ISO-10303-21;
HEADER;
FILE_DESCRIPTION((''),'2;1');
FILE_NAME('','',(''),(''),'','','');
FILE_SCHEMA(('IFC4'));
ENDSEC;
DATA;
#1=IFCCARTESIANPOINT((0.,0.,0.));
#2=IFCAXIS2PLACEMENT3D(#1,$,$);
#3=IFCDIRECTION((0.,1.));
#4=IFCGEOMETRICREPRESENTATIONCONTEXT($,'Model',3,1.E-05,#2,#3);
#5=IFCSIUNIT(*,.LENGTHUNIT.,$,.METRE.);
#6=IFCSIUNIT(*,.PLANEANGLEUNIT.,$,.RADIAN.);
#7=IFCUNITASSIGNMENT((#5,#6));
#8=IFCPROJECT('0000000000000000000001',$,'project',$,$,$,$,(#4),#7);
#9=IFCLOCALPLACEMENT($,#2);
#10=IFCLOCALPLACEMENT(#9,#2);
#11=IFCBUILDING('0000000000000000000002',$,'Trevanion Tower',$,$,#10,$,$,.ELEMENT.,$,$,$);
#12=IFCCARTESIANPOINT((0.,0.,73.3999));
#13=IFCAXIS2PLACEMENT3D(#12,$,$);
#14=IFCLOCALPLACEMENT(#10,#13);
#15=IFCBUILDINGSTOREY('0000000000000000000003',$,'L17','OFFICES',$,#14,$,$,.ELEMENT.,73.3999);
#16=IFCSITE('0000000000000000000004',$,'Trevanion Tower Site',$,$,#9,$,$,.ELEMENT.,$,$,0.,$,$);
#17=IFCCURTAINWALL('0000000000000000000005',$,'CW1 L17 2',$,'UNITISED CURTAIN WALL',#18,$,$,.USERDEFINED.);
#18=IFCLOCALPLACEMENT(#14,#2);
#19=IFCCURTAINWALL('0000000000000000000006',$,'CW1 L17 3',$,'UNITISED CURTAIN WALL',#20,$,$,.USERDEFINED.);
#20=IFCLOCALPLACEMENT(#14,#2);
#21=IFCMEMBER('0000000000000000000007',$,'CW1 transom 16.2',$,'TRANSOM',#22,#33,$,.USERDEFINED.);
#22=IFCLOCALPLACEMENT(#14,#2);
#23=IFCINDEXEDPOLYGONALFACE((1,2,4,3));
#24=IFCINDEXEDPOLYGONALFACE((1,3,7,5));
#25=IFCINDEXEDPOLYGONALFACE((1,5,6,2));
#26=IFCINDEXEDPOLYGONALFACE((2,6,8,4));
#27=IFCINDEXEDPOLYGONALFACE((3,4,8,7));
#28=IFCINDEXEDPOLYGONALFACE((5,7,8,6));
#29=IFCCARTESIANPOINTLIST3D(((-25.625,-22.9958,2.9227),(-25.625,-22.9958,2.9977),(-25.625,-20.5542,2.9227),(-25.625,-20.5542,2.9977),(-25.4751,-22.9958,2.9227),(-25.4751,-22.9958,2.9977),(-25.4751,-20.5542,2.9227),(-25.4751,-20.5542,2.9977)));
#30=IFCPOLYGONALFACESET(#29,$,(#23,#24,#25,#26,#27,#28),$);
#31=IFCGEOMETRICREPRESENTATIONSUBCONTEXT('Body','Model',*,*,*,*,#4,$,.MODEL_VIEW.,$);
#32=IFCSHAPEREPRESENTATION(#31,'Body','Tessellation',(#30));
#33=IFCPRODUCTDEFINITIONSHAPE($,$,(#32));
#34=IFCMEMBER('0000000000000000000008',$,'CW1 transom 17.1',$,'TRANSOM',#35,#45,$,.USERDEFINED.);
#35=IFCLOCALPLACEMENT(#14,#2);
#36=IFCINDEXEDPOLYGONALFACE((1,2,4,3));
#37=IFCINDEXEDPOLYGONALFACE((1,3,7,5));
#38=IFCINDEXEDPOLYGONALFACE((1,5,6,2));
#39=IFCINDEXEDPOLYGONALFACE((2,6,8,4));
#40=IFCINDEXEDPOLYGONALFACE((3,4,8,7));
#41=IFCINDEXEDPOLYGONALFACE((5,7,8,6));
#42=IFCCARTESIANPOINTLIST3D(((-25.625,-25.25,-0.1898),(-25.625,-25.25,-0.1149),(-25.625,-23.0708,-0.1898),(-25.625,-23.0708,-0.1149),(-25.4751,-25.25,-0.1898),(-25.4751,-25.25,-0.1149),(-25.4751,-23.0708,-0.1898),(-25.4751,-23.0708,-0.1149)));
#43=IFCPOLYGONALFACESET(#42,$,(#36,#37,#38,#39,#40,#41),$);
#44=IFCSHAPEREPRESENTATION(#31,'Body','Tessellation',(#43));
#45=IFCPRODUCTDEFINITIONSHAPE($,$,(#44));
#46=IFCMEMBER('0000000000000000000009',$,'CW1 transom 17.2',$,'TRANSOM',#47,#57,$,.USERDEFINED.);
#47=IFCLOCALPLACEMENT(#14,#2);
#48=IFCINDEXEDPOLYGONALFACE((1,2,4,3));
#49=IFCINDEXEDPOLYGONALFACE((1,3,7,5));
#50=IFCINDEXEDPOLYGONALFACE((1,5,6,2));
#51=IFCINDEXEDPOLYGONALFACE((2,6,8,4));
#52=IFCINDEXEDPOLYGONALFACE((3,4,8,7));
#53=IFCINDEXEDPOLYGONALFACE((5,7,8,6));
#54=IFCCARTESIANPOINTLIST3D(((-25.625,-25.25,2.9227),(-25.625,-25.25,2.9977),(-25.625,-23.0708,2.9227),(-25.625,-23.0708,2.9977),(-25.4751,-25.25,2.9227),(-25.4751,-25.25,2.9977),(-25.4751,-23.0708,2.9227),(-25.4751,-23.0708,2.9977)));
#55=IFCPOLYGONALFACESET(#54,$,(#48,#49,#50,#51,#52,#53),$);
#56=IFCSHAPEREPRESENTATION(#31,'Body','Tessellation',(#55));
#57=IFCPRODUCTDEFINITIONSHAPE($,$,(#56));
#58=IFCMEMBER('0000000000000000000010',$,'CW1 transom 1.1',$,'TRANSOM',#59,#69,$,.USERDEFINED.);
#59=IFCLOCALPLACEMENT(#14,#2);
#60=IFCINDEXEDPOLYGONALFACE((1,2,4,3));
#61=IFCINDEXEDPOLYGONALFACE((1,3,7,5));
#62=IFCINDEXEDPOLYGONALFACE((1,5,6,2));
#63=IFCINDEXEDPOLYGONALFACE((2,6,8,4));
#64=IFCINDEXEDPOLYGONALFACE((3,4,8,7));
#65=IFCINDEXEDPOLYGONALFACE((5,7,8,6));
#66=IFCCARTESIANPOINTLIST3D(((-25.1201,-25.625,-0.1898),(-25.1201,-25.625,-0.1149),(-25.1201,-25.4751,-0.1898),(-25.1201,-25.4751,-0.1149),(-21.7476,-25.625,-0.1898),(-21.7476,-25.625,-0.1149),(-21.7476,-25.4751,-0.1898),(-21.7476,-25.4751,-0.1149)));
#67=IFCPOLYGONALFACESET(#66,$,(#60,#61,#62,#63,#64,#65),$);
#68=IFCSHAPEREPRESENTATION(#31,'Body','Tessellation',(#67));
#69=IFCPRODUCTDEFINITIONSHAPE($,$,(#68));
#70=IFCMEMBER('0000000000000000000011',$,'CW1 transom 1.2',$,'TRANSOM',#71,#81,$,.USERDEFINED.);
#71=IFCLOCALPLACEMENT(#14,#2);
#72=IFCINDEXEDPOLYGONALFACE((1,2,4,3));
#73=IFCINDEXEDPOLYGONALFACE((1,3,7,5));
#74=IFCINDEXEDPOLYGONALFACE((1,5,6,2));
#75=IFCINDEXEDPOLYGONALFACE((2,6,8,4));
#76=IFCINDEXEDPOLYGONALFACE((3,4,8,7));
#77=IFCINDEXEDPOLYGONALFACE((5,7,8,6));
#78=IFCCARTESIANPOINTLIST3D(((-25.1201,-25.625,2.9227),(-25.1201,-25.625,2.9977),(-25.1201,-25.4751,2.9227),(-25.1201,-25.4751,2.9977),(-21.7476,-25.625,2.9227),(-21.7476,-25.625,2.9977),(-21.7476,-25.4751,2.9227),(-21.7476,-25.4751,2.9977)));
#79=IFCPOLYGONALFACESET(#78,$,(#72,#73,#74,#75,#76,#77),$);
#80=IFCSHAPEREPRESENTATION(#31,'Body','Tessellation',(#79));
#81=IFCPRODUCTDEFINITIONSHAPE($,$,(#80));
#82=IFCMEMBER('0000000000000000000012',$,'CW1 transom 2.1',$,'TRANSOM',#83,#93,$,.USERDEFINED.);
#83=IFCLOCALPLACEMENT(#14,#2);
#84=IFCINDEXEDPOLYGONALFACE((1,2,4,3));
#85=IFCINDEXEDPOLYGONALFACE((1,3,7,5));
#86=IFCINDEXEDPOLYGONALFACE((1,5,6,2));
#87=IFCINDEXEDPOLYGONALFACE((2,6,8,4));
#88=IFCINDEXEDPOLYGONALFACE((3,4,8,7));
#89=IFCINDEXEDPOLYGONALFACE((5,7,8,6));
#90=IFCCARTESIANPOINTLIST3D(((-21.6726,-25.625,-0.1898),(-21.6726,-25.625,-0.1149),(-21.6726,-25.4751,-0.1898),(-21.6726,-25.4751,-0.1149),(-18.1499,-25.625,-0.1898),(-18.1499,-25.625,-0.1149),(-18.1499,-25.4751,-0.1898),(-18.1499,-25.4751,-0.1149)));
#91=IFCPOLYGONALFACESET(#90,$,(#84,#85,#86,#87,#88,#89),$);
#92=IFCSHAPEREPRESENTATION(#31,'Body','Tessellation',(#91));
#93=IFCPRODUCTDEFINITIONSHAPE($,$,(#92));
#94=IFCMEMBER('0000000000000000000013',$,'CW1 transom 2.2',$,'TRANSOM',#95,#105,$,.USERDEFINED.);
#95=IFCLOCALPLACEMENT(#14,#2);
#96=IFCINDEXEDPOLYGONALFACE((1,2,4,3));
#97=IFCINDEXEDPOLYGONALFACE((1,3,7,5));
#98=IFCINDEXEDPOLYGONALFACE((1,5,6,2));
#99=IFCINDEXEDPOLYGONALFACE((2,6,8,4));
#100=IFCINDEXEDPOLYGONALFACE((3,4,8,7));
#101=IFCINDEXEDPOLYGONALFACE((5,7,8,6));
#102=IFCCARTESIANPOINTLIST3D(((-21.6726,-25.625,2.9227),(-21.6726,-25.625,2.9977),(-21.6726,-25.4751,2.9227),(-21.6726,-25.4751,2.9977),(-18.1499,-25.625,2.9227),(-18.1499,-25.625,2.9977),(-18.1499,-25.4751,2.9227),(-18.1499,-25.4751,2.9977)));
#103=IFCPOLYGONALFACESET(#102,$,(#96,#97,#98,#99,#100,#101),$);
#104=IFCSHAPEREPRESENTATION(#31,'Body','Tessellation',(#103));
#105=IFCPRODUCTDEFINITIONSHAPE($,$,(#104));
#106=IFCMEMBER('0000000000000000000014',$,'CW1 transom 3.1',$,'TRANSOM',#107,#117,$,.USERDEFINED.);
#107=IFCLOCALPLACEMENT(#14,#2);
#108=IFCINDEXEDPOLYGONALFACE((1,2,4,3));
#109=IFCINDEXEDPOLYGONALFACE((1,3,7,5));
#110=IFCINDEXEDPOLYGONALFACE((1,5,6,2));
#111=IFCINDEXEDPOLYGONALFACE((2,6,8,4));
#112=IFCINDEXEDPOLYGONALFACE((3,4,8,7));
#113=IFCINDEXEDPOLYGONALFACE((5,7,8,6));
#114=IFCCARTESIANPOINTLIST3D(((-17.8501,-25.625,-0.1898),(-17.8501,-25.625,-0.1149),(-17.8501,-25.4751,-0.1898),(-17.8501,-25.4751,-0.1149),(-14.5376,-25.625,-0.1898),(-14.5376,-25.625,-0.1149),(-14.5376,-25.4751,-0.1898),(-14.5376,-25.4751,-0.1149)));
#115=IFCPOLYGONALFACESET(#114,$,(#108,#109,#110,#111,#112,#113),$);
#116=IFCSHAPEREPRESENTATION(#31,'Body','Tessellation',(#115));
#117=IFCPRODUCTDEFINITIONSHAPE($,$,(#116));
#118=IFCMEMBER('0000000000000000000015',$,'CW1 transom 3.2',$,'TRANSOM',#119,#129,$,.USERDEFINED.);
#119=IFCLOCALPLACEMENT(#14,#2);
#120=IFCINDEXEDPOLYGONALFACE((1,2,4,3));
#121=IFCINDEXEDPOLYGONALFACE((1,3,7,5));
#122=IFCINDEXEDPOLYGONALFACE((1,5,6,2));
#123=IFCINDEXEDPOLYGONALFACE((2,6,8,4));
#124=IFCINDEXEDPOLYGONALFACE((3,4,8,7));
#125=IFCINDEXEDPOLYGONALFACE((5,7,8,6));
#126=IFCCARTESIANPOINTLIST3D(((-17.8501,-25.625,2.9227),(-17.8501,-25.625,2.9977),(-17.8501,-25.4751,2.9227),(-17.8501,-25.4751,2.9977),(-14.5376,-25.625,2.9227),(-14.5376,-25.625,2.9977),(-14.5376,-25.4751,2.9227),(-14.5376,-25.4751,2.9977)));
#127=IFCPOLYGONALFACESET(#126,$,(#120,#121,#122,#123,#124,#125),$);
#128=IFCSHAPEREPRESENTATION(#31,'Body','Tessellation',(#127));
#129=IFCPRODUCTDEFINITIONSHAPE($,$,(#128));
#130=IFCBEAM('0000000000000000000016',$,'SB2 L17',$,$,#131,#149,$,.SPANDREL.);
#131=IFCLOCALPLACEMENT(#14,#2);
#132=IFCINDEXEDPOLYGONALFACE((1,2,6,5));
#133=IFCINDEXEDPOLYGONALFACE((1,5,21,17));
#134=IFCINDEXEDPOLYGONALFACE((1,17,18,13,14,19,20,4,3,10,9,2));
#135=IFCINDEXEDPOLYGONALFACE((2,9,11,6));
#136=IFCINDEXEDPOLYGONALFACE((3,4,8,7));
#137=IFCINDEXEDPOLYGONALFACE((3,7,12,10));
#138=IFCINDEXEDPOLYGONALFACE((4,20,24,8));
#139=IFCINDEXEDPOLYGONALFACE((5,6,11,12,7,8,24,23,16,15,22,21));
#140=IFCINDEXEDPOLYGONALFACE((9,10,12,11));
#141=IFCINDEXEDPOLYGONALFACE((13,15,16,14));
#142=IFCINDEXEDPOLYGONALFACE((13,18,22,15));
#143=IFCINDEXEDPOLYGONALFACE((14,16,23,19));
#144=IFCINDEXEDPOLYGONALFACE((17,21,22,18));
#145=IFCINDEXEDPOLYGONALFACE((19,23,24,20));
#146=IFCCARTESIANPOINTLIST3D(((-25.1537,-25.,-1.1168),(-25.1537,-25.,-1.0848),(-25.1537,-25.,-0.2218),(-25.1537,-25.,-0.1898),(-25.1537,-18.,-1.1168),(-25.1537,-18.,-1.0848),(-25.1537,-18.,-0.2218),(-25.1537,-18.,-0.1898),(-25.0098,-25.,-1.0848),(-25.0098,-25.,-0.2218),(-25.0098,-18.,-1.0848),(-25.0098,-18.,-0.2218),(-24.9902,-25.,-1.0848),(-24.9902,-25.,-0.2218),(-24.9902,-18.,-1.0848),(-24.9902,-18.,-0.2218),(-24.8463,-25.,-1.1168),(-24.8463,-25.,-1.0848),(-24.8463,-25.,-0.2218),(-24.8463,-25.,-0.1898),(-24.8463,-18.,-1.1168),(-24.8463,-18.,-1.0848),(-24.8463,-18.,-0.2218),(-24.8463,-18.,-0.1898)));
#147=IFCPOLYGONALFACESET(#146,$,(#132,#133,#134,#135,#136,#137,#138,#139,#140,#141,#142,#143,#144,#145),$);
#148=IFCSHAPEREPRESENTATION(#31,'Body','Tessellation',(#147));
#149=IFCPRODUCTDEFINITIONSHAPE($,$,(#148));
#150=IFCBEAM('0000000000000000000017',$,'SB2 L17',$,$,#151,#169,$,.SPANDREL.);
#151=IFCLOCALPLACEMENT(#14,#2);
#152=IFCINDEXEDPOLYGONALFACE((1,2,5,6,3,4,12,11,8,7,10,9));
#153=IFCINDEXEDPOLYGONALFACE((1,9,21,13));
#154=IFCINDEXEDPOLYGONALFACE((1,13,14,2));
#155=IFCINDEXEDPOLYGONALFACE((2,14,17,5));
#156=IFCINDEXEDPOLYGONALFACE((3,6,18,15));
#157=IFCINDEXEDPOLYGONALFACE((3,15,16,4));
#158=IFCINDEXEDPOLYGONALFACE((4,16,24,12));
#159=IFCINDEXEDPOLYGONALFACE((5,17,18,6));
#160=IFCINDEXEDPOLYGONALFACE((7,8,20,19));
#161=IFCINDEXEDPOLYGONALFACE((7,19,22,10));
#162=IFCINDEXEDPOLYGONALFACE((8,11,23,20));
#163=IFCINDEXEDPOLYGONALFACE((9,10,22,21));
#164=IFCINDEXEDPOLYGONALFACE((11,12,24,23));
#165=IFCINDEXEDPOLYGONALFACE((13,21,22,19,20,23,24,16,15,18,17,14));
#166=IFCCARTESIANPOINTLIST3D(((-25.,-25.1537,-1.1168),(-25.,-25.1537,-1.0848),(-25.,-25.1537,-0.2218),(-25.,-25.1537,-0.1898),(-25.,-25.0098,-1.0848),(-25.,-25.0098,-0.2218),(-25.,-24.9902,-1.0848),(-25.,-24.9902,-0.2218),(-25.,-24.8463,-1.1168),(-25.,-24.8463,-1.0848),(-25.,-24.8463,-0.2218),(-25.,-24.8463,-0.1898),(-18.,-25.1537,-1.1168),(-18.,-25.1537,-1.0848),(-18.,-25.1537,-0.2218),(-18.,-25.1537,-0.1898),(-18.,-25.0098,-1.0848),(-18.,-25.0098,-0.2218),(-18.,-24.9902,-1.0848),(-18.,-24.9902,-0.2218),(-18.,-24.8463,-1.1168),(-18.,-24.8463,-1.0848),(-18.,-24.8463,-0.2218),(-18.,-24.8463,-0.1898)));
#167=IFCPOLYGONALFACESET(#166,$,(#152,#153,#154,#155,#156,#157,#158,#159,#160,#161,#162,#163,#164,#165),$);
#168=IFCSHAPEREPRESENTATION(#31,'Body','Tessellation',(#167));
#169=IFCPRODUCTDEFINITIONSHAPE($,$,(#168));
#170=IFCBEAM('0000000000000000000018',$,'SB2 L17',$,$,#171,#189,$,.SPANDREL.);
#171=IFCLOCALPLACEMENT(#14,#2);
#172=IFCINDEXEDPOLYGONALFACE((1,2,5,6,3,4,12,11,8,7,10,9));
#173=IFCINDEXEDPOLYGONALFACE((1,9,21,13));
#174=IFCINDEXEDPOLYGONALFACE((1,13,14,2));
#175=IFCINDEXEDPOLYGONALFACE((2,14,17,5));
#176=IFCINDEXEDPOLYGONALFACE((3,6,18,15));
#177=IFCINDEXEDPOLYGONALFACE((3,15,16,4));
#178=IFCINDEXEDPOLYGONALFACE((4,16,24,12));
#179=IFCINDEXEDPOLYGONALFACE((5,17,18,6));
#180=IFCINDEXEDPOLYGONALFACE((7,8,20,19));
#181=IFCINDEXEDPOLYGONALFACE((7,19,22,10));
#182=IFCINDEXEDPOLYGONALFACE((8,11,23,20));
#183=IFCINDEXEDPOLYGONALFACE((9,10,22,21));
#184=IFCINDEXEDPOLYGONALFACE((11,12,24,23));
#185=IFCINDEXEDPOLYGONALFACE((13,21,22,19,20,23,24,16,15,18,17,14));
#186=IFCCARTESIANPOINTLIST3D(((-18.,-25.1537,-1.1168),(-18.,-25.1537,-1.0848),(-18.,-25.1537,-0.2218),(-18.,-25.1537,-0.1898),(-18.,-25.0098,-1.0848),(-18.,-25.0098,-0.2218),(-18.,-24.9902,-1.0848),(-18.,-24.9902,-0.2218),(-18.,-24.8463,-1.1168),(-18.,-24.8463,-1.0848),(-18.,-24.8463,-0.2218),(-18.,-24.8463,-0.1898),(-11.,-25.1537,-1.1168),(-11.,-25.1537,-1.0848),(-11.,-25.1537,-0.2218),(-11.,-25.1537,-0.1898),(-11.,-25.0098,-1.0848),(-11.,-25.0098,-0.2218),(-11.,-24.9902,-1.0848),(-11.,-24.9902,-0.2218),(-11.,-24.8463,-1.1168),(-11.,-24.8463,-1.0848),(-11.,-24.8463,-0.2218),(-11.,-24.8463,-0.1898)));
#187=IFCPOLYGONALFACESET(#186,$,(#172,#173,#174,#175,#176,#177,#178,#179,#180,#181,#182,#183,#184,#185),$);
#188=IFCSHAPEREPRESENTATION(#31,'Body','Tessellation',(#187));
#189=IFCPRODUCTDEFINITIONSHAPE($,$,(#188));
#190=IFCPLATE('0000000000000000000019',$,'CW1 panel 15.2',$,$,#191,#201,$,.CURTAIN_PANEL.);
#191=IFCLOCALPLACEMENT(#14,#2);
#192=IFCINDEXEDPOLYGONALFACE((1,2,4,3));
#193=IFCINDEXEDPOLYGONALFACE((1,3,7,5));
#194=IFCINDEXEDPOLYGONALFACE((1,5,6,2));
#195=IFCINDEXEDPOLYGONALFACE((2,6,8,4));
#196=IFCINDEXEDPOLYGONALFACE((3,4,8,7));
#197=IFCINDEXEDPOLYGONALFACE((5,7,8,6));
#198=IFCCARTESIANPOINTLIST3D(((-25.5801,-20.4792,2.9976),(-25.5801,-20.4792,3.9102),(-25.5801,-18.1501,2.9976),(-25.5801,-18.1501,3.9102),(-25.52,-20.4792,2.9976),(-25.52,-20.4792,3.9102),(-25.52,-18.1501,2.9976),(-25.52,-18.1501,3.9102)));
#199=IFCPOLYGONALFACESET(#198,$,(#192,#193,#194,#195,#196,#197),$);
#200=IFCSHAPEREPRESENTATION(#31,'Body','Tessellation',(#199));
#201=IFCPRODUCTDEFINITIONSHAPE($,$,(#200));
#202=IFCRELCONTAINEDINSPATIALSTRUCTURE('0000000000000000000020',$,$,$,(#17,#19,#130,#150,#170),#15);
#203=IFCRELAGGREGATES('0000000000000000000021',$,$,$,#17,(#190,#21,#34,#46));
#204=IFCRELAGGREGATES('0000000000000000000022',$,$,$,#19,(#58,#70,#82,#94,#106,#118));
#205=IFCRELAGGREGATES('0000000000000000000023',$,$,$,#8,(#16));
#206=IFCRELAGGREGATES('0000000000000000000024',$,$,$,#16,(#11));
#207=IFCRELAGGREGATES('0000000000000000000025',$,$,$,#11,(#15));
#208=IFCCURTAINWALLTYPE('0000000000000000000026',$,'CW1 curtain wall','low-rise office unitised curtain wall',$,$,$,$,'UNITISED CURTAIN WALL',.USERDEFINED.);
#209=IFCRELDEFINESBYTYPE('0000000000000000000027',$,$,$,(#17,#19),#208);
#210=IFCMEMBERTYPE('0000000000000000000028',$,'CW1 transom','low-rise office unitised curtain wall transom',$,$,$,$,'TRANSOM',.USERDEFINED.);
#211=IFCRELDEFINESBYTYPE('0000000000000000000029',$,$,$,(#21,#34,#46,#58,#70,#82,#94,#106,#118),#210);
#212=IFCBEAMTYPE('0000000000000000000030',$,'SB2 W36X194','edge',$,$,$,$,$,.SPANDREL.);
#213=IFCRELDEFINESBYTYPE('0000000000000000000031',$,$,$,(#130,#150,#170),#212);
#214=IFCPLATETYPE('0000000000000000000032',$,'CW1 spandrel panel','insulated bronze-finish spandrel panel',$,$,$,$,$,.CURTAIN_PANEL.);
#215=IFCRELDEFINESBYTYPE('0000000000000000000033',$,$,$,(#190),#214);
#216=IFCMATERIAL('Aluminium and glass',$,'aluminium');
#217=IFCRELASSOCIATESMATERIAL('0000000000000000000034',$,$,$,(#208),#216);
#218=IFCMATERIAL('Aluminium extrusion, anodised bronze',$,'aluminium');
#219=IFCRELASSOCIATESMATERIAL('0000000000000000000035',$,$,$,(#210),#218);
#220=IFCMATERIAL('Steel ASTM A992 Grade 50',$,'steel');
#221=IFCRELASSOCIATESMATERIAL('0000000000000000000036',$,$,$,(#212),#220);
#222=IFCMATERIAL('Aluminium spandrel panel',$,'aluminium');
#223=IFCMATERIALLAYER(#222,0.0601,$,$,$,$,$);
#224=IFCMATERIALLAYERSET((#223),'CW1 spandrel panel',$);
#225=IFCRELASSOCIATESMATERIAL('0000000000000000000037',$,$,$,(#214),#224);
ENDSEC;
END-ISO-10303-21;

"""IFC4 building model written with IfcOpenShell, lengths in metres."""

from ifc_helpers import new_model, si_unit, direction, frame, origin, origin_2d, place, context, subcontext, project, spatial, rectangle, i_section, extrude, material, layer, layer_set, material_profile, profile_set, type_object, element, aggregate, save


model = new_model("IFC4")

# Units and contexts
model_context = context("Model", 3, precision=1e-05, world=origin(), true_north=direction((0.0, 1.0)))
body_context = subcontext(model_context, "Body", "Model", "MODEL_VIEW")
ifc_project = project(units=[si_unit("LENGTHUNIT", "METRE"), si_unit("PLANEANGLEUNIT", "RADIAN")], contexts=[model_context])

# Site, building, storey
site_placement = place(None, origin())
site = spatial("IfcSite", under=ifc_project, at=site_placement, Name="Trevanion Tower Site", CompositionType="ELEMENT", RefElevation=0.0)
building_placement = place(site_placement, origin())
building = spatial("IfcBuilding", under=site, at=building_placement, Name="Trevanion Tower", CompositionType="ELEMENT")
storey_placement = place(building_placement, frame((0.0, 0.0, 73.3999)))
storey = spatial("IfcBuildingStorey", under=building, at=storey_placement, Name="L17", Description="OFFICES", CompositionType="ELEMENT", Elevation=73.3999)

# Curtain wall
ifc_material_1 = material(Name="Aluminium and glass", Category="aluminium")
curtain_wall_type = type_object("IfcCurtainWallType", Name="CW1 curtain wall", Description="low-rise office unitised curtain wall", ElementType="UNITISED CURTAIN WALL", PredefinedType="USERDEFINED", material=ifc_material_1)
curtain_wall_1_placement = place(storey_placement, origin())
curtain_wall_1 = element("IfcCurtainWall", 1, at=curtain_wall_1_placement, inside=storey, type_object=curtain_wall_type, Name="CW1 L17 2", ObjectType="UNITISED CURTAIN WALL", PredefinedType="USERDEFINED")

# Curtain wall
curtain_wall_2_placement = place(storey_placement, origin())
curtain_wall_2 = element("IfcCurtainWall", 2, at=curtain_wall_2_placement, inside=storey, type_object=curtain_wall_type, Name="CW1 L17 3", ObjectType="UNITISED CURTAIN WALL", PredefinedType="USERDEFINED")

# Members
ifc_material_2 = material(Name="Aluminium extrusion, anodised bronze", Category="aluminium")
ifc_material_profile_1 = material_profile(ifc_material_2, rectangle(XDim=0.1499, YDim=0.075, at=origin_2d()), Name="CW1 transom")
ifc_profile_set_1 = profile_set([ifc_material_profile_1], Name="Aluminium extrusion, anodised bronze")
member_type_1 = type_object("IfcMemberType", Name="CW1 transom", Description="low-rise office unitised curtain wall transom", ElementType="TRANSOM", PredefinedType="USERDEFINED", material=ifc_profile_set_1)
member_1_placement = place(storey_placement, frame((-25.55, -20.5542, 2.9602), z_axis=(0.0, -1.0, 0.0), x_axis=(1.0, 0.0, 0.0)))
member_1 = element("IfcMember", 3, at=member_1_placement, type_object=member_type_1, Name="CW1 transom 16.2", ObjectType="TRANSOM", PredefinedType="USERDEFINED", context=body_context, shape_type="SweptSolid", body=[
    extrude(rectangle(XDim=0.1499, YDim=0.075, at=origin_2d()), origin(), (0.0, 0.0, 1.0), 2.4417),
])
member_2_placement = place(storey_placement, frame((-25.55, -23.0708, -0.1523), z_axis=(0.0, -1.0, 0.0), x_axis=(1.0, 0.0, 0.0)))
member_2 = element("IfcMember", 4, at=member_2_placement, type_object=member_type_1, Name="CW1 transom 17.1", ObjectType="TRANSOM", PredefinedType="USERDEFINED", context=body_context, shape_type="SweptSolid", body=[
    extrude(rectangle(XDim=0.1499, YDim=0.075, at=origin_2d()), origin(), (0.0, 0.0, 1.0), 2.1792),
])
member_3_placement = place(storey_placement, frame((-25.55, -23.0708, 2.9602), z_axis=(0.0, -1.0, 0.0), x_axis=(1.0, 0.0, 0.0)))
member_3 = element("IfcMember", 5, at=member_3_placement, type_object=member_type_1, Name="CW1 transom 17.2", ObjectType="TRANSOM", PredefinedType="USERDEFINED", context=body_context, shape_type="SweptSolid", body=[
    extrude(rectangle(XDim=0.1499, YDim=0.075, at=origin_2d()), origin(), (0.0, 0.0, 1.0), 2.1792),
])
member_4_placement = place(storey_placement, frame((-25.1201, -25.55, -0.1523), z_axis=(1.0, 0.0, 0.0), x_axis=(0.0, 1.0, 0.0)))
member_4 = element("IfcMember", 6, at=member_4_placement, type_object=member_type_1, Name="CW1 transom 1.1", ObjectType="TRANSOM", PredefinedType="USERDEFINED", context=body_context, shape_type="SweptSolid", body=[
    extrude(rectangle(XDim=0.1499, YDim=0.075, at=origin_2d()), origin(), (0.0, 0.0, 1.0), 3.3726),
])
member_5_placement = place(storey_placement, frame((-25.1201, -25.55, 2.9602), z_axis=(1.0, 0.0, 0.0), x_axis=(0.0, 1.0, 0.0)))
member_5 = element("IfcMember", 7, at=member_5_placement, type_object=member_type_1, Name="CW1 transom 1.2", ObjectType="TRANSOM", PredefinedType="USERDEFINED", context=body_context, shape_type="SweptSolid", body=[
    extrude(rectangle(XDim=0.1499, YDim=0.075, at=origin_2d()), origin(), (0.0, 0.0, 1.0), 3.3726),
])
member_6_placement = place(storey_placement, frame((-21.6726, -25.55, -0.1523), z_axis=(1.0, 0.0, 0.0), x_axis=(0.0, 1.0, 0.0)))
member_6 = element("IfcMember", 8, at=member_6_placement, type_object=member_type_1, Name="CW1 transom 2.1", ObjectType="TRANSOM", PredefinedType="USERDEFINED", context=body_context, shape_type="SweptSolid", body=[
    extrude(rectangle(XDim=0.1499, YDim=0.075, at=origin_2d()), origin(), (0.0, 0.0, 1.0), 3.5227),
])
member_7_placement = place(storey_placement, frame((-21.6726, -25.55, 2.9602), z_axis=(1.0, 0.0, 0.0), x_axis=(0.0, 1.0, 0.0)))
member_7 = element("IfcMember", 9, at=member_7_placement, type_object=member_type_1, Name="CW1 transom 2.2", ObjectType="TRANSOM", PredefinedType="USERDEFINED", context=body_context, shape_type="SweptSolid", body=[
    extrude(rectangle(XDim=0.1499, YDim=0.075, at=origin_2d()), origin(), (0.0, 0.0, 1.0), 3.5227),
])
member_8_placement = place(storey_placement, frame((-17.8501, -25.55, -0.1523), z_axis=(1.0, 0.0, 0.0), x_axis=(0.0, 1.0, 0.0)))
member_8 = element("IfcMember", 10, at=member_8_placement, type_object=member_type_1, Name="CW1 transom 3.1", ObjectType="TRANSOM", PredefinedType="USERDEFINED", context=body_context, shape_type="SweptSolid", body=[
    extrude(rectangle(XDim=0.1499, YDim=0.075, at=origin_2d()), origin(), (0.0, 0.0, 1.0), 3.3125),
])
member_9_placement = place(storey_placement, frame((-17.8501, -25.55, 2.9602), z_axis=(1.0, 0.0, 0.0), x_axis=(0.0, 1.0, 0.0)))
member_9 = element("IfcMember", 11, at=member_9_placement, type_object=member_type_1, Name="CW1 transom 3.2", ObjectType="TRANSOM", PredefinedType="USERDEFINED", context=body_context, shape_type="SweptSolid", body=[
    extrude(rectangle(XDim=0.1499, YDim=0.075, at=origin_2d()), origin(), (0.0, 0.0, 1.0), 3.3125),
])

# Beams
ifc_material_3 = material(Name="Steel ASTM A992 Grade 50", Category="steel")
ifc_material_profile_2 = material_profile(ifc_material_3, i_section(OverallWidth=0.3074, OverallDepth=0.927, WebThickness=0.0195, FlangeThickness=0.032, at=origin_2d()), Name="W36X194")
ifc_profile_set_2 = profile_set([ifc_material_profile_2], Name="Steel ASTM A992 Grade 50")
beam_type = type_object("IfcBeamType", Name="SB2 W36X194", Description="edge", PredefinedType="SPANDREL", material=ifc_profile_set_2)
for number, where, z_axis, x_axis, name in (
    (12, (-25.0, -18.0, -0.6533), (0.0, -1.0, 0.0), (1.0, 0.0, 0.0), "SB2 L17"),
    (13, (-25.0, -25.0, -0.6533), (1.0, 0.0, 0.0), (0.0, 1.0, 0.0), "SB2 L17"),
    (14, (-18.0, -25.0, -0.6533), (1.0, 0.0, 0.0), (0.0, 1.0, 0.0), "SB2 L17"),
):
    element("IfcBeam", number, at=place(storey_placement, frame(where, z_axis=z_axis, x_axis=x_axis)), inside=storey, type_object=beam_type, Name=name, PredefinedType="SPANDREL", context=body_context, shape_type="SweptSolid", body=[
        extrude(i_section(OverallWidth=0.3074, OverallDepth=0.927, WebThickness=0.0195, FlangeThickness=0.032, at=origin_2d()), origin(), (0.0, 0.0, 1.0), 7.0),
    ])

# Plate
ifc_material_4 = material(Name="Aluminium spandrel panel", Category="aluminium")
ifc_layer_1 = layer(ifc_material_4, 0.0601)
ifc_layer_set_1 = layer_set([ifc_layer_1], Name="CW1 spandrel panel")
plate_type_1 = type_object("IfcPlateType", Name="CW1 spandrel panel", Description="insulated bronze-finish spandrel panel", PredefinedType="CURTAIN_PANEL", material=ifc_layer_set_1)
plate_1_placement = place(storey_placement, frame((-25.55, -19.3147, 2.9976), z_axis=(0.0, 0.0, 1.0), x_axis=(0.0, -1.0, 0.0)))
plate_1 = element("IfcPlate", 15, at=plate_1_placement, type_object=plate_type_1, Name="CW1 panel 15.2", PredefinedType="CURTAIN_PANEL", context=body_context, shape_type="SweptSolid", body=[
    extrude(rectangle(XDim=2.3291, YDim=0.0601, at=origin_2d()), origin(), (0.0, 0.0, 1.0), 0.9126),
])
aggregate(curtain_wall_1, [plate_1, member_1, member_2, member_3])
aggregate(curtain_wall_2, [member_4, member_5, member_6, member_7, member_8, member_9])

save(model, "model.ifc")
